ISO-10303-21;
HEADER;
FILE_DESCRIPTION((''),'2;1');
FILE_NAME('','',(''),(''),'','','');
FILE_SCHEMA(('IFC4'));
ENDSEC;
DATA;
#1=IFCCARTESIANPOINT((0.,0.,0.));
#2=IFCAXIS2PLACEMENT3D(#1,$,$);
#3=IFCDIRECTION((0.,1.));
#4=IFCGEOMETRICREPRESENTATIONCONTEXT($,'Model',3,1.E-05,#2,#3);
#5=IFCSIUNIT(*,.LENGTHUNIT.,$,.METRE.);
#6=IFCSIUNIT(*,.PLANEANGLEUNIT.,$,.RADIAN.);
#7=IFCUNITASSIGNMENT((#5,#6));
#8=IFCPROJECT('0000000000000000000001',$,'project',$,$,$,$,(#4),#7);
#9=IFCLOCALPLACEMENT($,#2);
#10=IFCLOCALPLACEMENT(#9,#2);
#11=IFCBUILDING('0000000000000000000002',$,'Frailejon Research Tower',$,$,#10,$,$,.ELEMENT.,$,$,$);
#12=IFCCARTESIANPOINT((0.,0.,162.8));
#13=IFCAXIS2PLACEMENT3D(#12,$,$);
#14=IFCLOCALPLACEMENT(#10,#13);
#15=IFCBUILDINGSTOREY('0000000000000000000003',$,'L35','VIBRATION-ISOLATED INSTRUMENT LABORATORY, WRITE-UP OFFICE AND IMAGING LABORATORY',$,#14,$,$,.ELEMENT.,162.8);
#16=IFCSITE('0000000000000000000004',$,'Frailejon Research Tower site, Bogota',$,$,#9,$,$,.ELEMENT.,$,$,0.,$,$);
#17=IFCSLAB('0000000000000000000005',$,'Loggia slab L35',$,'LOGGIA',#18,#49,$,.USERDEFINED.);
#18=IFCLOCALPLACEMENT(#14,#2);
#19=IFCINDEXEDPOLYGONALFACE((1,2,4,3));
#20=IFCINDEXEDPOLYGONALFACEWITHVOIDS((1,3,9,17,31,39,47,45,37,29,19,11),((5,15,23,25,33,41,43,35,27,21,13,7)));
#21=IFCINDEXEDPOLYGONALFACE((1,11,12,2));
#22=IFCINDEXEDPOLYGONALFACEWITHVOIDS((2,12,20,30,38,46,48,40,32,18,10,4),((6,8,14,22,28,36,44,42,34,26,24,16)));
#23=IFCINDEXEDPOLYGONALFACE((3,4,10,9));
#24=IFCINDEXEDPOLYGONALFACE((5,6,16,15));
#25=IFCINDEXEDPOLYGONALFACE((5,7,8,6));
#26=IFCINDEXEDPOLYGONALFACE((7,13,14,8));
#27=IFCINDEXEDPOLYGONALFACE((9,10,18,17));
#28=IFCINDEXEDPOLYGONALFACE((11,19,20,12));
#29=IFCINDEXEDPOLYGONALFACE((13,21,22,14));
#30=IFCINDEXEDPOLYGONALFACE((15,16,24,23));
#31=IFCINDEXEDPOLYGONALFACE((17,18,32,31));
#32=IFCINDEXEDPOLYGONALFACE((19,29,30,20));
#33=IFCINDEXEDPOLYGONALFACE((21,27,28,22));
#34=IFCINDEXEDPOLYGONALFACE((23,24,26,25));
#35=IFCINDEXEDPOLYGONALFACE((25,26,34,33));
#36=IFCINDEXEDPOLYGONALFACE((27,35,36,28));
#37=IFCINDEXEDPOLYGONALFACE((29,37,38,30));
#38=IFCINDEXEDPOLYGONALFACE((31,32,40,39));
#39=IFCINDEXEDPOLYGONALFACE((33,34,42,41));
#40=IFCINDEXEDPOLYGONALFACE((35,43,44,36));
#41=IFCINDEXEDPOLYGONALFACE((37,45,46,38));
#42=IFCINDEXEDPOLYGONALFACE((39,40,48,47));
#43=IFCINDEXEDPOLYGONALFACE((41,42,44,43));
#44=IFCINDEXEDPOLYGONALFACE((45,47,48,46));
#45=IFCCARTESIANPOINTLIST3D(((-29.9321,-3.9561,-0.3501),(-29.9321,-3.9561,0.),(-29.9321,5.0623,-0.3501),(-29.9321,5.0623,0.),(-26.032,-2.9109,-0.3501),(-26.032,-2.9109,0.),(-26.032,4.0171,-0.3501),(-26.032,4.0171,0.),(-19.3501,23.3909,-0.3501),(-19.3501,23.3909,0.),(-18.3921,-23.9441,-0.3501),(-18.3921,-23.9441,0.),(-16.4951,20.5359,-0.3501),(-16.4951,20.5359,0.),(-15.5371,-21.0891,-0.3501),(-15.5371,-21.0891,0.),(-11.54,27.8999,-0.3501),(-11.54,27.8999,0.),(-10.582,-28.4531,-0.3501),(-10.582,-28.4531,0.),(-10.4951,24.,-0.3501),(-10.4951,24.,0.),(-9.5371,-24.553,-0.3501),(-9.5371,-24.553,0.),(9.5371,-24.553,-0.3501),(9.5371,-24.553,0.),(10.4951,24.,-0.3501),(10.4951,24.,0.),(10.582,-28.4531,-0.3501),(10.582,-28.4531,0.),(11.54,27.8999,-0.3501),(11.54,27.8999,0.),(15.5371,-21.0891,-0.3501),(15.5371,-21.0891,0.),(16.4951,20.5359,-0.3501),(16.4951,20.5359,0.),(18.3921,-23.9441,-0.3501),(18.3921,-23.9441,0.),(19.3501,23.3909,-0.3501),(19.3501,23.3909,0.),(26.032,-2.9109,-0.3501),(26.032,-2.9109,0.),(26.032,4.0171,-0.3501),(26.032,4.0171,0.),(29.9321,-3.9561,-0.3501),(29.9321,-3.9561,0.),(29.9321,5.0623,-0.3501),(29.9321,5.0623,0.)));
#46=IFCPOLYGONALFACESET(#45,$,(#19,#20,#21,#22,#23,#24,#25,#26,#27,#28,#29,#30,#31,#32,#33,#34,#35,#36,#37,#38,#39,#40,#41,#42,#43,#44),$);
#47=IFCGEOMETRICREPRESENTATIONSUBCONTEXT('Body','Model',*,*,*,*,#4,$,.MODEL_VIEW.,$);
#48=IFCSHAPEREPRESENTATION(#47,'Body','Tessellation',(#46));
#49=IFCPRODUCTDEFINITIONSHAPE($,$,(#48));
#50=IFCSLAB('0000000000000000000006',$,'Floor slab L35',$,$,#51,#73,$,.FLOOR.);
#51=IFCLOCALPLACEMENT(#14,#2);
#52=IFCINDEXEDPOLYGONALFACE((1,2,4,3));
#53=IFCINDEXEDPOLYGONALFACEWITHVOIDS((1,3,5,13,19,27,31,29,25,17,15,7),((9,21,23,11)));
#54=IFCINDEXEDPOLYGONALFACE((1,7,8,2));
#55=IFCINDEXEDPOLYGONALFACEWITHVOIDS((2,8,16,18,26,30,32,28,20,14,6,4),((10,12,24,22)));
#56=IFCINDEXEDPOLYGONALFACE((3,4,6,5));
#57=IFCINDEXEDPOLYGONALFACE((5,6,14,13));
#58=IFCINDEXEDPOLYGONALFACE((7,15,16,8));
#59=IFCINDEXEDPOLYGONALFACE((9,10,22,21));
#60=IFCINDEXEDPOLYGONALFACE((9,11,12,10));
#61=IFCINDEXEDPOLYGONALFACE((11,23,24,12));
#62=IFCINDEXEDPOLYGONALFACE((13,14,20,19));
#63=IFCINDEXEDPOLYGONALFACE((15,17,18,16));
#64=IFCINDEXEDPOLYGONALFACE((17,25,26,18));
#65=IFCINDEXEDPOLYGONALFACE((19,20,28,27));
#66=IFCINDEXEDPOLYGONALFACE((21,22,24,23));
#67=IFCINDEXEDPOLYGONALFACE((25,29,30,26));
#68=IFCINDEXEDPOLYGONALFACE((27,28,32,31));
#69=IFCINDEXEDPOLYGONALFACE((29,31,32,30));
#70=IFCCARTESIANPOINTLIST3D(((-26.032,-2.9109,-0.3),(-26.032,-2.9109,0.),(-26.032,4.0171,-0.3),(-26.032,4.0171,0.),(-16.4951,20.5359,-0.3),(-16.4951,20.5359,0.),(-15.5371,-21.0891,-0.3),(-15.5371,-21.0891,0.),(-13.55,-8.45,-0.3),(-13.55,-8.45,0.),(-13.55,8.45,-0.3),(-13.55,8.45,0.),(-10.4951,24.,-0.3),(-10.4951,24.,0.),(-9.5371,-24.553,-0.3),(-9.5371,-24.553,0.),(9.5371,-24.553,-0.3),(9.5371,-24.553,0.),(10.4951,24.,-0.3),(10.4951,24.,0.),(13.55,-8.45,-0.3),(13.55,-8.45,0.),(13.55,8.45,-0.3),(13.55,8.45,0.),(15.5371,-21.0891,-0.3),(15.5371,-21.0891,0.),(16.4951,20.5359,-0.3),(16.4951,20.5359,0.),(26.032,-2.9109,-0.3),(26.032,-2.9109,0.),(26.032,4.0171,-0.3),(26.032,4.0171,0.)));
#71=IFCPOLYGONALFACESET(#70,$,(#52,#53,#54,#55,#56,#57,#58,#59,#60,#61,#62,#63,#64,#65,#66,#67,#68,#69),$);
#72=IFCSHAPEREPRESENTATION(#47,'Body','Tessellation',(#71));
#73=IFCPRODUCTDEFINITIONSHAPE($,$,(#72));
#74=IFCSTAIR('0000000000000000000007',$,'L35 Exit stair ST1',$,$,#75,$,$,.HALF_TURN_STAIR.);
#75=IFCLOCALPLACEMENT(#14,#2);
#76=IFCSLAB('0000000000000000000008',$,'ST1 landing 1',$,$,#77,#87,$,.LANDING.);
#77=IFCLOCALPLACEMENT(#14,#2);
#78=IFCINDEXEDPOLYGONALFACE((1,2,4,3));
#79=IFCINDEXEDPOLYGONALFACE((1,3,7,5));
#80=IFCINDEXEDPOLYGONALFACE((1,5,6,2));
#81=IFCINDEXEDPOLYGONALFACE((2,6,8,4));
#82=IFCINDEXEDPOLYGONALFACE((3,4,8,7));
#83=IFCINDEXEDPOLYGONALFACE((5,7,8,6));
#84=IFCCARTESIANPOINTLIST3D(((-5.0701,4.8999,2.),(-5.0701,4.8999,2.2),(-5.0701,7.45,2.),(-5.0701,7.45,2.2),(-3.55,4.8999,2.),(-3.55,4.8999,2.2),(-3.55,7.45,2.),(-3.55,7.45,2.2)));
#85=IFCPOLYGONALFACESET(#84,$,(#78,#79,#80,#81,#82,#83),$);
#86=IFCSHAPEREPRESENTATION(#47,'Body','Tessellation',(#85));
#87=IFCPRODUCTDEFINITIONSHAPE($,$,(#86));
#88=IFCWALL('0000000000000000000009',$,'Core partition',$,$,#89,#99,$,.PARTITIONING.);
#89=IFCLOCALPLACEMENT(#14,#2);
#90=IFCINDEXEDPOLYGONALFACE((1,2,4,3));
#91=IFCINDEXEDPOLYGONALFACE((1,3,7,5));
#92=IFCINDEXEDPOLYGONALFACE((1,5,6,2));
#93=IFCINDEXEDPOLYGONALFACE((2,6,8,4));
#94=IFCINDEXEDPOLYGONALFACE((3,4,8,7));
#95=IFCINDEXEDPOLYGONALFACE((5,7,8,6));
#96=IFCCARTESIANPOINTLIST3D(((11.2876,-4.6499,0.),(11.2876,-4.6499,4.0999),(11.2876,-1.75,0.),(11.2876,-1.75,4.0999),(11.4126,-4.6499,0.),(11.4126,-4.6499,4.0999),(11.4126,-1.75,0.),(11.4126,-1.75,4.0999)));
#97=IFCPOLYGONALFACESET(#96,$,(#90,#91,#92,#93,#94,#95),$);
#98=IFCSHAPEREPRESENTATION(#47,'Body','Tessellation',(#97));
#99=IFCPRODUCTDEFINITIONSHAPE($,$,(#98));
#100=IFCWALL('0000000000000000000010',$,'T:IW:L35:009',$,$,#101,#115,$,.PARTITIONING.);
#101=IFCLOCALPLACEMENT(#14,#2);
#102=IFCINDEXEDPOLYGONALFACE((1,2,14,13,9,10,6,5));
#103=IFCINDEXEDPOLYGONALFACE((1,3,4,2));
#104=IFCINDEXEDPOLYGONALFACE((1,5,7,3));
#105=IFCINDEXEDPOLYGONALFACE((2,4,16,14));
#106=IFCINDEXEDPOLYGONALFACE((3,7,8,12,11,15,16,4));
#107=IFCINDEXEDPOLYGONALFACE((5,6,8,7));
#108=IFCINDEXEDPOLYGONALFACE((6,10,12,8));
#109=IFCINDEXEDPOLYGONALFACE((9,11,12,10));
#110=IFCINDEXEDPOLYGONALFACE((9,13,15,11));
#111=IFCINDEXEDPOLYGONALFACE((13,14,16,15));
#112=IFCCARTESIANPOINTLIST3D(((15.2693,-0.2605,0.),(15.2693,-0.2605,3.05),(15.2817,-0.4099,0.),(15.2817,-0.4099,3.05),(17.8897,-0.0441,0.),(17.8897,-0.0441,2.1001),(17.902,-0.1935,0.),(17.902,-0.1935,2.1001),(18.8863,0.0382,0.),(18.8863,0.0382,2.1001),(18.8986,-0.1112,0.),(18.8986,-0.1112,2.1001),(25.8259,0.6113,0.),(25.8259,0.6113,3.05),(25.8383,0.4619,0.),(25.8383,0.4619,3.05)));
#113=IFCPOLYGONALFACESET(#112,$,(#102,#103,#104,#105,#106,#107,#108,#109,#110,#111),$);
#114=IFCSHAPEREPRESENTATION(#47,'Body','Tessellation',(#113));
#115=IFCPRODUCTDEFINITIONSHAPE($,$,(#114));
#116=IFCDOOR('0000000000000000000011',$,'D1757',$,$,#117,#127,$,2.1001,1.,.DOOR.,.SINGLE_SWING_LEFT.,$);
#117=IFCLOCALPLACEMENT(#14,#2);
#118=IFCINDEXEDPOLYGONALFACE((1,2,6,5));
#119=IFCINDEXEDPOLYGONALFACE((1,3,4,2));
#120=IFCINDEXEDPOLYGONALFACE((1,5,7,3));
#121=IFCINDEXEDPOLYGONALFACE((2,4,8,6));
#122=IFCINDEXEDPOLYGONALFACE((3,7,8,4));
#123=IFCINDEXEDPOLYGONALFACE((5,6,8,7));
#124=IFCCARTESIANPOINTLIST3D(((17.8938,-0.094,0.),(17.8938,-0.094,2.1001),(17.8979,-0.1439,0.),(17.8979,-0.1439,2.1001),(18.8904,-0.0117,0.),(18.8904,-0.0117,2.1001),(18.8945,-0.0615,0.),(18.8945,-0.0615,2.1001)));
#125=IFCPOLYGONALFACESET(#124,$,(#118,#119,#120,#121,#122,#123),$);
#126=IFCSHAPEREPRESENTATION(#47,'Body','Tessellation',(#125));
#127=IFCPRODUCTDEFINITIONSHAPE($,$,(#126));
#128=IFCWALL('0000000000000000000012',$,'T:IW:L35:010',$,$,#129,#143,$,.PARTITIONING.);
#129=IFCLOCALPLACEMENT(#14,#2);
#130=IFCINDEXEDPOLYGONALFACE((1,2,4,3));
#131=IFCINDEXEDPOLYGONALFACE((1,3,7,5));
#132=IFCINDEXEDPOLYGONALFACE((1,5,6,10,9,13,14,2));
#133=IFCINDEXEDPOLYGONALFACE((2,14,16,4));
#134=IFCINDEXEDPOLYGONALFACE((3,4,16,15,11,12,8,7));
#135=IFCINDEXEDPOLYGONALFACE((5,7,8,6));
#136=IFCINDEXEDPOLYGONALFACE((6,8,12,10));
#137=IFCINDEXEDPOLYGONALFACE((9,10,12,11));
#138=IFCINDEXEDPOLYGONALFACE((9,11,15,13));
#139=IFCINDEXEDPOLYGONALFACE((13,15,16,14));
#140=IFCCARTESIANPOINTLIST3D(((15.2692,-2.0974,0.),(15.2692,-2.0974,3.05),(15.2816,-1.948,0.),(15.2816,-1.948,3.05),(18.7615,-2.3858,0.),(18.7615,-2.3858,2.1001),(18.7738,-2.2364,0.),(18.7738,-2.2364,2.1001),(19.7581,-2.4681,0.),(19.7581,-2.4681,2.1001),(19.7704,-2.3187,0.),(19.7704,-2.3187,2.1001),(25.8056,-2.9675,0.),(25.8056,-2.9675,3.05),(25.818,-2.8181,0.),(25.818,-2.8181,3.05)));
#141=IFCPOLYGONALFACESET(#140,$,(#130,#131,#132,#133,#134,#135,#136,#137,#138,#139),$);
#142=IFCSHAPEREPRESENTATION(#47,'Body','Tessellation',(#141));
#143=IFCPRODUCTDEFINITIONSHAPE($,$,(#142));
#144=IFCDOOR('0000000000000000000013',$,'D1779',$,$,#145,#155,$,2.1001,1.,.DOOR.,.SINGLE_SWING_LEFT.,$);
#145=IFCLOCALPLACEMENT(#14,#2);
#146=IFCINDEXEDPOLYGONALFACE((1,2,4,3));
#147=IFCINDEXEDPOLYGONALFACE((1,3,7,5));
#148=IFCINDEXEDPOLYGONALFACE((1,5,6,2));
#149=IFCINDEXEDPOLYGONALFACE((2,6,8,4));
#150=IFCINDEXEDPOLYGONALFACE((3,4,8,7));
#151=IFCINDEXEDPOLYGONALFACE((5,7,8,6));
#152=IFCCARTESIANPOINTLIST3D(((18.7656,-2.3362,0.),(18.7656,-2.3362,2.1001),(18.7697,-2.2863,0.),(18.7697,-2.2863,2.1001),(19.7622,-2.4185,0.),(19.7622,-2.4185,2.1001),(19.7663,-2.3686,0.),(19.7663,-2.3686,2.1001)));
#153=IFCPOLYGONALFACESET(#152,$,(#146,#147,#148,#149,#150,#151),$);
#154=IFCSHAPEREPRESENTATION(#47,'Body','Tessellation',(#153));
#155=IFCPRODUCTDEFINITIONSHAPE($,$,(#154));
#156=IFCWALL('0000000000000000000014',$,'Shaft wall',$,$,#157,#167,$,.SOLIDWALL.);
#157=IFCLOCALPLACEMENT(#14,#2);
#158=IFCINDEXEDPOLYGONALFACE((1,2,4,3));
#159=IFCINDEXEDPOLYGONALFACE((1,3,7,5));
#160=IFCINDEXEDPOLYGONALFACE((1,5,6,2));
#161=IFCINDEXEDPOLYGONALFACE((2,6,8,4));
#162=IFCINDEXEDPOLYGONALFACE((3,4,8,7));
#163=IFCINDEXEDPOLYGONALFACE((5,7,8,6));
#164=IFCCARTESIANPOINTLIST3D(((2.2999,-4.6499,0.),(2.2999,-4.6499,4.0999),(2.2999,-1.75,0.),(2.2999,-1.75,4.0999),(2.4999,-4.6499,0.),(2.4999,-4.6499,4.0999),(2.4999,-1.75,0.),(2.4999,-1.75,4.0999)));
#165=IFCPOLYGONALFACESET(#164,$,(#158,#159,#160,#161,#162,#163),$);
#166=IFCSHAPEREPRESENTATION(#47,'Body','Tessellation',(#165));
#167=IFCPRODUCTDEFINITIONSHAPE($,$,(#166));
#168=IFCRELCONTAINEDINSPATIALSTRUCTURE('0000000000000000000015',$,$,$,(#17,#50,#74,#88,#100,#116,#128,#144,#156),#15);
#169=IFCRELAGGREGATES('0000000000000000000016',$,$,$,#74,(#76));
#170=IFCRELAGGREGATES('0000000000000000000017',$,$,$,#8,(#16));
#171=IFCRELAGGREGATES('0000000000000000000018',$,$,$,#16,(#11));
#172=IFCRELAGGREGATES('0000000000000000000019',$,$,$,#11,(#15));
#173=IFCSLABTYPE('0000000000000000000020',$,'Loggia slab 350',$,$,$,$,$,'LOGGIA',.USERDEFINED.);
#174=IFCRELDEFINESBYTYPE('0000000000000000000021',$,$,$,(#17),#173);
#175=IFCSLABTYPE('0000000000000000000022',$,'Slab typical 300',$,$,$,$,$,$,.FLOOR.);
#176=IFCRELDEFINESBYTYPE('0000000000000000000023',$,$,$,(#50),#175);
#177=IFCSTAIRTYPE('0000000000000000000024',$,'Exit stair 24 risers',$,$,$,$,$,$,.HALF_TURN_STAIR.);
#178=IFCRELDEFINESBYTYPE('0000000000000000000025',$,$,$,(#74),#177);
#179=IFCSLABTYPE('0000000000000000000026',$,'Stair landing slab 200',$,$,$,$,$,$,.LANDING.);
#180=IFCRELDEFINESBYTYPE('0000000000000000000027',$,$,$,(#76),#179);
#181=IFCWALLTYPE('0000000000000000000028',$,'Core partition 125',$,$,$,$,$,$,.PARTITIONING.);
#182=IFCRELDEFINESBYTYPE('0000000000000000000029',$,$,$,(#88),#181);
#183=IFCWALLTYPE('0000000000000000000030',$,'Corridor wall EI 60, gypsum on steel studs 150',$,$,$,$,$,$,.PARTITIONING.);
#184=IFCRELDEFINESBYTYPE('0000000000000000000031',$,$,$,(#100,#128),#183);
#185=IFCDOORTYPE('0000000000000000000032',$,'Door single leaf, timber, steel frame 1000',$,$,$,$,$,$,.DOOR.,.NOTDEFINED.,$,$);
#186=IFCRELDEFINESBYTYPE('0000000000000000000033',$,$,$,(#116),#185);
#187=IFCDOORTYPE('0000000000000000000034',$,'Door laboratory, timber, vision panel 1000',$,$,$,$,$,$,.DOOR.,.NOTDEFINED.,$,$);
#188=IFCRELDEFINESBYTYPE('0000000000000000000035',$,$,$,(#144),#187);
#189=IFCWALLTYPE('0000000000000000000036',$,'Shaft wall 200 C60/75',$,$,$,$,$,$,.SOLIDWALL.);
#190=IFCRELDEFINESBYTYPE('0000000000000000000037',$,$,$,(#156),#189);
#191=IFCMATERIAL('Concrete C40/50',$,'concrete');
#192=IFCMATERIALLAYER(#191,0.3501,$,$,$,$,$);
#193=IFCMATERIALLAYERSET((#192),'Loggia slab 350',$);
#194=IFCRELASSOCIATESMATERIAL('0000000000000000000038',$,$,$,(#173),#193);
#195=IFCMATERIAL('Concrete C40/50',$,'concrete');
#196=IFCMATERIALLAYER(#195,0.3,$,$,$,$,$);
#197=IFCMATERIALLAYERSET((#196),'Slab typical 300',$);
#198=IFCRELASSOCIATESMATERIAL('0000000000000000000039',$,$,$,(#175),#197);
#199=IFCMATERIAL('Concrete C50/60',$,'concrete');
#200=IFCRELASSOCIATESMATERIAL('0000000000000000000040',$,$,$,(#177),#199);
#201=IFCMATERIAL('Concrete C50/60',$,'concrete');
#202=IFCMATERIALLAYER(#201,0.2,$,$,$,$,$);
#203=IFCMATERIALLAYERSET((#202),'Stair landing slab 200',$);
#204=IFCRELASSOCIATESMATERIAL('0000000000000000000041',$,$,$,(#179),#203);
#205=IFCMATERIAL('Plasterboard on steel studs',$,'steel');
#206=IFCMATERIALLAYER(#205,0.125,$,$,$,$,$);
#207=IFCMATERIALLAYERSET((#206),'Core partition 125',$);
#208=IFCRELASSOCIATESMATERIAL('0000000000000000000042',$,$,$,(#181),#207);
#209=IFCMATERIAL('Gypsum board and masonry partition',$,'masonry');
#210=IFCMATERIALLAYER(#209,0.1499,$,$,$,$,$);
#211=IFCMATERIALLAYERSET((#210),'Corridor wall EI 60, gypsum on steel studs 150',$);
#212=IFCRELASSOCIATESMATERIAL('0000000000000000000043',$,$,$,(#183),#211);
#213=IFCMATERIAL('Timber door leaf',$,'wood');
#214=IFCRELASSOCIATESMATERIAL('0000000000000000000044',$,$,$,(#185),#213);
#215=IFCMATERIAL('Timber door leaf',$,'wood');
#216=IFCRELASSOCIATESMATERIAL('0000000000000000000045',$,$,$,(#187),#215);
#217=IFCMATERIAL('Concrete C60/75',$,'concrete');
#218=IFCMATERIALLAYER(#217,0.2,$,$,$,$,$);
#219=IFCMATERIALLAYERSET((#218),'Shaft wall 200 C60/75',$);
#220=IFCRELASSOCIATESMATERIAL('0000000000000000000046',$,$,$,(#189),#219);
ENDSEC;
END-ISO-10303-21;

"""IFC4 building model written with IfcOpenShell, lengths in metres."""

from ifc_helpers import new_model, si_unit, direction, frame, frame_2d, origin, place, context, subcontext, project, spatial, polyline, rectangle, outline, extrude, material, layer, layer_set, type_object, element, fill, aggregate, save


model = new_model("IFC4")

# Units and contexts
model_context = context("Model", 3, precision=1e-05, world=origin(), true_north=direction((0.0, 1.0)))
body_context = subcontext(model_context, "Body", "Model", "MODEL_VIEW")
ifc_project = project(units=[si_unit("LENGTHUNIT", "METRE"), si_unit("PLANEANGLEUNIT", "RADIAN")], contexts=[model_context])

# Site, building, storey
site_placement = place(None, origin())
site = spatial("IfcSite", under=ifc_project, at=site_placement, Name="Frailejon Research Tower site, Bogota", CompositionType="ELEMENT", RefElevation=0.0)
building_placement = place(site_placement, origin())
building = spatial("IfcBuilding", under=site, at=building_placement, Name="Frailejon Research Tower", CompositionType="ELEMENT")
storey_placement = place(building_placement, frame((0.0, 0.0, 162.8)))
storey = spatial("IfcBuildingStorey", under=building, at=storey_placement, Name="L35", Description="VIBRATION-ISOLATED INSTRUMENT LABORATORY, WRITE-UP OFFICE AND IMAGING LABORATORY", CompositionType="ELEMENT", Elevation=162.8)

# Slabs
ifc_material_1 = material(Name="Concrete C40/50", Category="concrete")
ifc_layer_1 = layer(ifc_material_1, 0.3501)
ifc_layer_set_1 = layer_set([ifc_layer_1], Name="Loggia slab 350")
slab_type_1 = type_object("IfcSlabType", Name="Loggia slab 350", ElementType="LOGGIA", PredefinedType="USERDEFINED", material=ifc_layer_set_1)
slab_1_placement = place(storey_placement, frame((0.0, 0.0, -0.3501)))
element("IfcSlab", 1, at=slab_1_placement, inside=storey, type_object=slab_type_1, Name="Loggia slab L35", ObjectType="LOGGIA", PredefinedType="USERDEFINED", context=body_context, shape_type="SweptSolid", body=[
    extrude(outline(polyline([(18.3921, -23.9441), (10.582, -28.4531), (-10.582, -28.4531), (-18.3921, -23.9441), (-29.9321, -3.9561), (-29.9321, 5.0623), (-19.3501, 23.3909), (-11.54, 27.8999), (11.54, 27.8999), (19.3501, 23.3909), (29.9321, 5.0623), (29.9321, -3.9561), (18.3921, -23.9441)]), holes=[polyline([(26.032, 4.0171), (16.4951, 20.5359), (10.4951, 24.0), (-10.4951, 24.0), (-16.4951, 20.5359), (-26.032, 4.0171), (-26.032, -2.9109), (-15.5371, -21.0891), (-9.5371, -24.553), (9.5371, -24.553), (15.5371, -21.0891), (26.032, -2.9109), (26.032, 4.0171)])]), origin(), (0.0, 0.0, 1.0), 0.3501),
])
ifc_material_2 = material(Name="Concrete C40/50", Category="concrete")
ifc_layer_2 = layer(ifc_material_2, 0.3)
ifc_layer_set_2 = layer_set([ifc_layer_2], Name="Slab typical 300")
slab_type_2 = type_object("IfcSlabType", Name="Slab typical 300", PredefinedType="FLOOR", material=ifc_layer_set_2)
slab_2_placement = place(storey_placement, frame((0.0, 0.0, -0.3)))
element("IfcSlab", 2, at=slab_2_placement, inside=storey, type_object=slab_type_2, Name="Floor slab L35", PredefinedType="FLOOR", context=body_context, shape_type="SweptSolid", body=[
    extrude(outline(polyline([(26.032, -2.9109), (26.032, 4.0171), (16.4951, 20.5359), (10.4951, 24.0), (-10.4951, 24.0), (-16.4951, 20.5359), (-26.032, 4.0171), (-26.032, -2.9109), (-15.5371, -21.0891), (-9.5371, -24.553), (9.5371, -24.553), (15.5371, -21.0891), (26.032, -2.9109)]), holes=[polyline([(13.55, -8.45), (-13.55, -8.45), (-13.55, 8.45), (13.55, 8.45), (13.55, -8.45)])]), origin(), (0.0, 0.0, 1.0), 0.3),
])

# Stair, slab
ifc_material_3 = material(Name="Concrete C50/60", Category="concrete")
stair_type = type_object("IfcStairType", Name="Exit stair 24 risers", PredefinedType="HALF_TURN_STAIR", material=ifc_material_3)
stair_placement = place(storey_placement, origin())
stair = element("IfcStair", 3, at=stair_placement, inside=storey, type_object=stair_type, Name="L35 Exit stair ST1", PredefinedType="HALF_TURN_STAIR")
ifc_material_4 = material(Name="Concrete C50/60", Category="concrete")
ifc_layer_3 = layer(ifc_material_4, 0.2)
ifc_layer_set_3 = layer_set([ifc_layer_3], Name="Stair landing slab 200")
slab_type_3 = type_object("IfcSlabType", Name="Stair landing slab 200", PredefinedType="LANDING", material=ifc_layer_set_3)
slab_3_placement = place(storey_placement, frame((0.0, 0.0, 2.0)))
slab_3 = element("IfcSlab", 4, at=slab_3_placement, type_object=slab_type_3, Name="ST1 landing 1", PredefinedType="LANDING", context=body_context, shape_type="SweptSolid", body=[
    extrude(outline(polyline([(-5.0701, 4.8999), (-3.55, 4.8999), (-3.55, 7.45), (-5.0701, 7.45), (-5.0701, 4.8999)])), origin(), (0.0, 0.0, 1.0), 0.2),
])
aggregate(stair, [slab_3])

# Wall
ifc_material_5 = material(Name="Plasterboard on steel studs", Category="steel")
ifc_layer_4 = layer(ifc_material_5, 0.125)
ifc_layer_set_4 = layer_set([ifc_layer_4], Name="Core partition 125")
wall_type_1 = type_object("IfcWallType", Name="Core partition 125", PredefinedType="PARTITIONING", material=ifc_layer_set_4)
wall_1_placement = place(storey_placement, frame((11.3501, -4.6499, 0.0), z_axis=(0.0, 0.0, 1.0), x_axis=(0.0, 1.0, 0.0)))
element("IfcWall", 5, at=wall_1_placement, inside=storey, type_object=wall_type_1, Name="Core partition", PredefinedType="PARTITIONING", context=body_context, shape_type="SweptSolid", body=[
    extrude(rectangle(XDim=2.8999, YDim=0.125, at=frame_2d((1.45, 0.0))), origin(), (0.0, 0.0, 1.0), 4.0999),
])

# Walls, openings, doors
ifc_material_6 = material(Name="Gypsum board and masonry partition", Category="masonry")
ifc_layer_5 = layer(ifc_material_6, 0.1499)
ifc_layer_set_5 = layer_set([ifc_layer_5], Name="Corridor wall EI 60, gypsum on steel studs 150")
wall_type_2 = type_object("IfcWallType", Name="Corridor wall EI 60, gypsum on steel studs 150", PredefinedType="PARTITIONING", material=ifc_layer_set_5)
wall_2_placement = place(storey_placement, frame((15.2754, -0.3352, 0.0), z_axis=(0.0, 0.0, 1.0), x_axis=(0.996607, 0.082305, 0.0)))
wall_2 = element("IfcWall", 6, at=wall_2_placement, inside=storey, type_object=wall_type_2, Name="T:IW:L35:009", PredefinedType="PARTITIONING", context=body_context, shape_type="SweptSolid", body=[
    extrude(rectangle(XDim=10.5925, YDim=0.1499, at=frame_2d((5.2964, 0.0))), origin(), (0.0, 0.0, 1.0), 3.05),
])
opening_1_placement = place(wall_2_placement, frame((2.6294, 0.0, 0.0)))
opening_1 = element("IfcOpeningElement", 7, at=opening_1_placement, cuts=wall_2, PredefinedType="OPENING", context=body_context, shape_type="SweptSolid", body=[
    extrude(rectangle(XDim=1.0, YDim=2.1001, at=frame_2d((0.5, 1.05))), frame((0.0, 0.085, 0.0), z_axis=(0.0, -1.0, 0.0), x_axis=(1.0, 0.0, 0.0)), (0.0, 0.0, 1.0), 0.1699),
])
ifc_material_7 = material(Name="Timber door leaf", Category="wood")
door_type_1 = type_object("IfcDoorType", Name="Door single leaf, timber, steel frame 1000", OperationType="NOTDEFINED", PredefinedType="DOOR", material=ifc_material_7)
door_1_placement = place(opening_1_placement, origin())
door_1 = element("IfcDoor", 8, at=door_1_placement, inside=storey, type_object=door_type_1, Name="D1757", OperationType="SINGLE_SWING_LEFT", OverallHeight=2.1001, OverallWidth=1.0, PredefinedType="DOOR", context=body_context, shape_type="SweptSolid", body=[
    extrude(rectangle(XDim=1.0, YDim=2.1001, at=frame_2d((0.5, 1.05))), frame((0.0, 0.0249, 0.0), z_axis=(0.0, -1.0, 0.0), x_axis=(1.0, 0.0, 0.0)), (0.0, 0.0, 1.0), 0.05),
])
fill(opening_1, door_1)
wall_3_placement = place(storey_placement, frame((15.2754, -2.0227, 0.0), z_axis=(0.0, 0.0, 1.0), x_axis=(0.996607, -0.082302, 0.0)))
wall_3 = element("IfcWall", 9, at=wall_3_placement, inside=storey, type_object=wall_type_2, Name="T:IW:L35:010", PredefinedType="PARTITIONING", context=body_context, shape_type="SweptSolid", body=[
    extrude(rectangle(XDim=10.5723, YDim=0.1499, at=frame_2d((5.2861, 0.0))), origin(), (0.0, 0.0, 1.0), 3.05),
])
opening_2_placement = place(wall_3_placement, frame((3.5042, 0.0, 0.0)))
opening_2 = element("IfcOpeningElement", 10, at=opening_2_placement, cuts=wall_3, PredefinedType="OPENING", context=body_context, shape_type="SweptSolid", body=[
    extrude(rectangle(XDim=1.0, YDim=2.1001, at=frame_2d((0.5, 1.05))), frame((0.0, 0.085, 0.0), z_axis=(0.0, -1.0, 0.0), x_axis=(1.0, 0.0, 0.0)), (0.0, 0.0, 1.0), 0.1699),
])
ifc_material_8 = material(Name="Timber door leaf", Category="wood")
door_type_2 = type_object("IfcDoorType", Name="Door laboratory, timber, vision panel 1000", OperationType="NOTDEFINED", PredefinedType="DOOR", material=ifc_material_8)
door_2_placement = place(opening_2_placement, origin())
door_2 = element("IfcDoor", 11, at=door_2_placement, inside=storey, type_object=door_type_2, Name="D1779", OperationType="SINGLE_SWING_LEFT", OverallHeight=2.1001, OverallWidth=1.0, PredefinedType="DOOR", context=body_context, shape_type="SweptSolid", body=[
    extrude(rectangle(XDim=1.0, YDim=2.1001, at=frame_2d((0.5, 1.05))), frame((0.0, 0.0249, 0.0), z_axis=(0.0, -1.0, 0.0), x_axis=(1.0, 0.0, 0.0)), (0.0, 0.0, 1.0), 0.05),
])
fill(opening_2, door_2)

# Wall
ifc_material_9 = material(Name="Concrete C60/75", Category="concrete")
ifc_layer_6 = layer(ifc_material_9, 0.2)
ifc_layer_set_6 = layer_set([ifc_layer_6], Name="Shaft wall 200 C60/75")
wall_type_3 = type_object("IfcWallType", Name="Shaft wall 200 C60/75", PredefinedType="SOLIDWALL", material=ifc_layer_set_6)
for number, where, z_axis, x_axis, name in (
    (12, (2.3999, -4.6499, 0.0), (0.0, 0.0, 1.0), (0.0, 1.0, 0.0), "Shaft wall"),
):
    element("IfcWall", number, at=place(storey_placement, frame(where, z_axis=z_axis, x_axis=x_axis)), inside=storey, type_object=wall_type_3, Name=name, PredefinedType="SOLIDWALL", context=body_context, shape_type="SweptSolid", body=[
        extrude(rectangle(XDim=2.8999, YDim=0.2, at=frame_2d((1.45, 0.0))), origin(), (0.0, 0.0, 1.0), 4.0999),
    ])

save(model, "model.ifc")
